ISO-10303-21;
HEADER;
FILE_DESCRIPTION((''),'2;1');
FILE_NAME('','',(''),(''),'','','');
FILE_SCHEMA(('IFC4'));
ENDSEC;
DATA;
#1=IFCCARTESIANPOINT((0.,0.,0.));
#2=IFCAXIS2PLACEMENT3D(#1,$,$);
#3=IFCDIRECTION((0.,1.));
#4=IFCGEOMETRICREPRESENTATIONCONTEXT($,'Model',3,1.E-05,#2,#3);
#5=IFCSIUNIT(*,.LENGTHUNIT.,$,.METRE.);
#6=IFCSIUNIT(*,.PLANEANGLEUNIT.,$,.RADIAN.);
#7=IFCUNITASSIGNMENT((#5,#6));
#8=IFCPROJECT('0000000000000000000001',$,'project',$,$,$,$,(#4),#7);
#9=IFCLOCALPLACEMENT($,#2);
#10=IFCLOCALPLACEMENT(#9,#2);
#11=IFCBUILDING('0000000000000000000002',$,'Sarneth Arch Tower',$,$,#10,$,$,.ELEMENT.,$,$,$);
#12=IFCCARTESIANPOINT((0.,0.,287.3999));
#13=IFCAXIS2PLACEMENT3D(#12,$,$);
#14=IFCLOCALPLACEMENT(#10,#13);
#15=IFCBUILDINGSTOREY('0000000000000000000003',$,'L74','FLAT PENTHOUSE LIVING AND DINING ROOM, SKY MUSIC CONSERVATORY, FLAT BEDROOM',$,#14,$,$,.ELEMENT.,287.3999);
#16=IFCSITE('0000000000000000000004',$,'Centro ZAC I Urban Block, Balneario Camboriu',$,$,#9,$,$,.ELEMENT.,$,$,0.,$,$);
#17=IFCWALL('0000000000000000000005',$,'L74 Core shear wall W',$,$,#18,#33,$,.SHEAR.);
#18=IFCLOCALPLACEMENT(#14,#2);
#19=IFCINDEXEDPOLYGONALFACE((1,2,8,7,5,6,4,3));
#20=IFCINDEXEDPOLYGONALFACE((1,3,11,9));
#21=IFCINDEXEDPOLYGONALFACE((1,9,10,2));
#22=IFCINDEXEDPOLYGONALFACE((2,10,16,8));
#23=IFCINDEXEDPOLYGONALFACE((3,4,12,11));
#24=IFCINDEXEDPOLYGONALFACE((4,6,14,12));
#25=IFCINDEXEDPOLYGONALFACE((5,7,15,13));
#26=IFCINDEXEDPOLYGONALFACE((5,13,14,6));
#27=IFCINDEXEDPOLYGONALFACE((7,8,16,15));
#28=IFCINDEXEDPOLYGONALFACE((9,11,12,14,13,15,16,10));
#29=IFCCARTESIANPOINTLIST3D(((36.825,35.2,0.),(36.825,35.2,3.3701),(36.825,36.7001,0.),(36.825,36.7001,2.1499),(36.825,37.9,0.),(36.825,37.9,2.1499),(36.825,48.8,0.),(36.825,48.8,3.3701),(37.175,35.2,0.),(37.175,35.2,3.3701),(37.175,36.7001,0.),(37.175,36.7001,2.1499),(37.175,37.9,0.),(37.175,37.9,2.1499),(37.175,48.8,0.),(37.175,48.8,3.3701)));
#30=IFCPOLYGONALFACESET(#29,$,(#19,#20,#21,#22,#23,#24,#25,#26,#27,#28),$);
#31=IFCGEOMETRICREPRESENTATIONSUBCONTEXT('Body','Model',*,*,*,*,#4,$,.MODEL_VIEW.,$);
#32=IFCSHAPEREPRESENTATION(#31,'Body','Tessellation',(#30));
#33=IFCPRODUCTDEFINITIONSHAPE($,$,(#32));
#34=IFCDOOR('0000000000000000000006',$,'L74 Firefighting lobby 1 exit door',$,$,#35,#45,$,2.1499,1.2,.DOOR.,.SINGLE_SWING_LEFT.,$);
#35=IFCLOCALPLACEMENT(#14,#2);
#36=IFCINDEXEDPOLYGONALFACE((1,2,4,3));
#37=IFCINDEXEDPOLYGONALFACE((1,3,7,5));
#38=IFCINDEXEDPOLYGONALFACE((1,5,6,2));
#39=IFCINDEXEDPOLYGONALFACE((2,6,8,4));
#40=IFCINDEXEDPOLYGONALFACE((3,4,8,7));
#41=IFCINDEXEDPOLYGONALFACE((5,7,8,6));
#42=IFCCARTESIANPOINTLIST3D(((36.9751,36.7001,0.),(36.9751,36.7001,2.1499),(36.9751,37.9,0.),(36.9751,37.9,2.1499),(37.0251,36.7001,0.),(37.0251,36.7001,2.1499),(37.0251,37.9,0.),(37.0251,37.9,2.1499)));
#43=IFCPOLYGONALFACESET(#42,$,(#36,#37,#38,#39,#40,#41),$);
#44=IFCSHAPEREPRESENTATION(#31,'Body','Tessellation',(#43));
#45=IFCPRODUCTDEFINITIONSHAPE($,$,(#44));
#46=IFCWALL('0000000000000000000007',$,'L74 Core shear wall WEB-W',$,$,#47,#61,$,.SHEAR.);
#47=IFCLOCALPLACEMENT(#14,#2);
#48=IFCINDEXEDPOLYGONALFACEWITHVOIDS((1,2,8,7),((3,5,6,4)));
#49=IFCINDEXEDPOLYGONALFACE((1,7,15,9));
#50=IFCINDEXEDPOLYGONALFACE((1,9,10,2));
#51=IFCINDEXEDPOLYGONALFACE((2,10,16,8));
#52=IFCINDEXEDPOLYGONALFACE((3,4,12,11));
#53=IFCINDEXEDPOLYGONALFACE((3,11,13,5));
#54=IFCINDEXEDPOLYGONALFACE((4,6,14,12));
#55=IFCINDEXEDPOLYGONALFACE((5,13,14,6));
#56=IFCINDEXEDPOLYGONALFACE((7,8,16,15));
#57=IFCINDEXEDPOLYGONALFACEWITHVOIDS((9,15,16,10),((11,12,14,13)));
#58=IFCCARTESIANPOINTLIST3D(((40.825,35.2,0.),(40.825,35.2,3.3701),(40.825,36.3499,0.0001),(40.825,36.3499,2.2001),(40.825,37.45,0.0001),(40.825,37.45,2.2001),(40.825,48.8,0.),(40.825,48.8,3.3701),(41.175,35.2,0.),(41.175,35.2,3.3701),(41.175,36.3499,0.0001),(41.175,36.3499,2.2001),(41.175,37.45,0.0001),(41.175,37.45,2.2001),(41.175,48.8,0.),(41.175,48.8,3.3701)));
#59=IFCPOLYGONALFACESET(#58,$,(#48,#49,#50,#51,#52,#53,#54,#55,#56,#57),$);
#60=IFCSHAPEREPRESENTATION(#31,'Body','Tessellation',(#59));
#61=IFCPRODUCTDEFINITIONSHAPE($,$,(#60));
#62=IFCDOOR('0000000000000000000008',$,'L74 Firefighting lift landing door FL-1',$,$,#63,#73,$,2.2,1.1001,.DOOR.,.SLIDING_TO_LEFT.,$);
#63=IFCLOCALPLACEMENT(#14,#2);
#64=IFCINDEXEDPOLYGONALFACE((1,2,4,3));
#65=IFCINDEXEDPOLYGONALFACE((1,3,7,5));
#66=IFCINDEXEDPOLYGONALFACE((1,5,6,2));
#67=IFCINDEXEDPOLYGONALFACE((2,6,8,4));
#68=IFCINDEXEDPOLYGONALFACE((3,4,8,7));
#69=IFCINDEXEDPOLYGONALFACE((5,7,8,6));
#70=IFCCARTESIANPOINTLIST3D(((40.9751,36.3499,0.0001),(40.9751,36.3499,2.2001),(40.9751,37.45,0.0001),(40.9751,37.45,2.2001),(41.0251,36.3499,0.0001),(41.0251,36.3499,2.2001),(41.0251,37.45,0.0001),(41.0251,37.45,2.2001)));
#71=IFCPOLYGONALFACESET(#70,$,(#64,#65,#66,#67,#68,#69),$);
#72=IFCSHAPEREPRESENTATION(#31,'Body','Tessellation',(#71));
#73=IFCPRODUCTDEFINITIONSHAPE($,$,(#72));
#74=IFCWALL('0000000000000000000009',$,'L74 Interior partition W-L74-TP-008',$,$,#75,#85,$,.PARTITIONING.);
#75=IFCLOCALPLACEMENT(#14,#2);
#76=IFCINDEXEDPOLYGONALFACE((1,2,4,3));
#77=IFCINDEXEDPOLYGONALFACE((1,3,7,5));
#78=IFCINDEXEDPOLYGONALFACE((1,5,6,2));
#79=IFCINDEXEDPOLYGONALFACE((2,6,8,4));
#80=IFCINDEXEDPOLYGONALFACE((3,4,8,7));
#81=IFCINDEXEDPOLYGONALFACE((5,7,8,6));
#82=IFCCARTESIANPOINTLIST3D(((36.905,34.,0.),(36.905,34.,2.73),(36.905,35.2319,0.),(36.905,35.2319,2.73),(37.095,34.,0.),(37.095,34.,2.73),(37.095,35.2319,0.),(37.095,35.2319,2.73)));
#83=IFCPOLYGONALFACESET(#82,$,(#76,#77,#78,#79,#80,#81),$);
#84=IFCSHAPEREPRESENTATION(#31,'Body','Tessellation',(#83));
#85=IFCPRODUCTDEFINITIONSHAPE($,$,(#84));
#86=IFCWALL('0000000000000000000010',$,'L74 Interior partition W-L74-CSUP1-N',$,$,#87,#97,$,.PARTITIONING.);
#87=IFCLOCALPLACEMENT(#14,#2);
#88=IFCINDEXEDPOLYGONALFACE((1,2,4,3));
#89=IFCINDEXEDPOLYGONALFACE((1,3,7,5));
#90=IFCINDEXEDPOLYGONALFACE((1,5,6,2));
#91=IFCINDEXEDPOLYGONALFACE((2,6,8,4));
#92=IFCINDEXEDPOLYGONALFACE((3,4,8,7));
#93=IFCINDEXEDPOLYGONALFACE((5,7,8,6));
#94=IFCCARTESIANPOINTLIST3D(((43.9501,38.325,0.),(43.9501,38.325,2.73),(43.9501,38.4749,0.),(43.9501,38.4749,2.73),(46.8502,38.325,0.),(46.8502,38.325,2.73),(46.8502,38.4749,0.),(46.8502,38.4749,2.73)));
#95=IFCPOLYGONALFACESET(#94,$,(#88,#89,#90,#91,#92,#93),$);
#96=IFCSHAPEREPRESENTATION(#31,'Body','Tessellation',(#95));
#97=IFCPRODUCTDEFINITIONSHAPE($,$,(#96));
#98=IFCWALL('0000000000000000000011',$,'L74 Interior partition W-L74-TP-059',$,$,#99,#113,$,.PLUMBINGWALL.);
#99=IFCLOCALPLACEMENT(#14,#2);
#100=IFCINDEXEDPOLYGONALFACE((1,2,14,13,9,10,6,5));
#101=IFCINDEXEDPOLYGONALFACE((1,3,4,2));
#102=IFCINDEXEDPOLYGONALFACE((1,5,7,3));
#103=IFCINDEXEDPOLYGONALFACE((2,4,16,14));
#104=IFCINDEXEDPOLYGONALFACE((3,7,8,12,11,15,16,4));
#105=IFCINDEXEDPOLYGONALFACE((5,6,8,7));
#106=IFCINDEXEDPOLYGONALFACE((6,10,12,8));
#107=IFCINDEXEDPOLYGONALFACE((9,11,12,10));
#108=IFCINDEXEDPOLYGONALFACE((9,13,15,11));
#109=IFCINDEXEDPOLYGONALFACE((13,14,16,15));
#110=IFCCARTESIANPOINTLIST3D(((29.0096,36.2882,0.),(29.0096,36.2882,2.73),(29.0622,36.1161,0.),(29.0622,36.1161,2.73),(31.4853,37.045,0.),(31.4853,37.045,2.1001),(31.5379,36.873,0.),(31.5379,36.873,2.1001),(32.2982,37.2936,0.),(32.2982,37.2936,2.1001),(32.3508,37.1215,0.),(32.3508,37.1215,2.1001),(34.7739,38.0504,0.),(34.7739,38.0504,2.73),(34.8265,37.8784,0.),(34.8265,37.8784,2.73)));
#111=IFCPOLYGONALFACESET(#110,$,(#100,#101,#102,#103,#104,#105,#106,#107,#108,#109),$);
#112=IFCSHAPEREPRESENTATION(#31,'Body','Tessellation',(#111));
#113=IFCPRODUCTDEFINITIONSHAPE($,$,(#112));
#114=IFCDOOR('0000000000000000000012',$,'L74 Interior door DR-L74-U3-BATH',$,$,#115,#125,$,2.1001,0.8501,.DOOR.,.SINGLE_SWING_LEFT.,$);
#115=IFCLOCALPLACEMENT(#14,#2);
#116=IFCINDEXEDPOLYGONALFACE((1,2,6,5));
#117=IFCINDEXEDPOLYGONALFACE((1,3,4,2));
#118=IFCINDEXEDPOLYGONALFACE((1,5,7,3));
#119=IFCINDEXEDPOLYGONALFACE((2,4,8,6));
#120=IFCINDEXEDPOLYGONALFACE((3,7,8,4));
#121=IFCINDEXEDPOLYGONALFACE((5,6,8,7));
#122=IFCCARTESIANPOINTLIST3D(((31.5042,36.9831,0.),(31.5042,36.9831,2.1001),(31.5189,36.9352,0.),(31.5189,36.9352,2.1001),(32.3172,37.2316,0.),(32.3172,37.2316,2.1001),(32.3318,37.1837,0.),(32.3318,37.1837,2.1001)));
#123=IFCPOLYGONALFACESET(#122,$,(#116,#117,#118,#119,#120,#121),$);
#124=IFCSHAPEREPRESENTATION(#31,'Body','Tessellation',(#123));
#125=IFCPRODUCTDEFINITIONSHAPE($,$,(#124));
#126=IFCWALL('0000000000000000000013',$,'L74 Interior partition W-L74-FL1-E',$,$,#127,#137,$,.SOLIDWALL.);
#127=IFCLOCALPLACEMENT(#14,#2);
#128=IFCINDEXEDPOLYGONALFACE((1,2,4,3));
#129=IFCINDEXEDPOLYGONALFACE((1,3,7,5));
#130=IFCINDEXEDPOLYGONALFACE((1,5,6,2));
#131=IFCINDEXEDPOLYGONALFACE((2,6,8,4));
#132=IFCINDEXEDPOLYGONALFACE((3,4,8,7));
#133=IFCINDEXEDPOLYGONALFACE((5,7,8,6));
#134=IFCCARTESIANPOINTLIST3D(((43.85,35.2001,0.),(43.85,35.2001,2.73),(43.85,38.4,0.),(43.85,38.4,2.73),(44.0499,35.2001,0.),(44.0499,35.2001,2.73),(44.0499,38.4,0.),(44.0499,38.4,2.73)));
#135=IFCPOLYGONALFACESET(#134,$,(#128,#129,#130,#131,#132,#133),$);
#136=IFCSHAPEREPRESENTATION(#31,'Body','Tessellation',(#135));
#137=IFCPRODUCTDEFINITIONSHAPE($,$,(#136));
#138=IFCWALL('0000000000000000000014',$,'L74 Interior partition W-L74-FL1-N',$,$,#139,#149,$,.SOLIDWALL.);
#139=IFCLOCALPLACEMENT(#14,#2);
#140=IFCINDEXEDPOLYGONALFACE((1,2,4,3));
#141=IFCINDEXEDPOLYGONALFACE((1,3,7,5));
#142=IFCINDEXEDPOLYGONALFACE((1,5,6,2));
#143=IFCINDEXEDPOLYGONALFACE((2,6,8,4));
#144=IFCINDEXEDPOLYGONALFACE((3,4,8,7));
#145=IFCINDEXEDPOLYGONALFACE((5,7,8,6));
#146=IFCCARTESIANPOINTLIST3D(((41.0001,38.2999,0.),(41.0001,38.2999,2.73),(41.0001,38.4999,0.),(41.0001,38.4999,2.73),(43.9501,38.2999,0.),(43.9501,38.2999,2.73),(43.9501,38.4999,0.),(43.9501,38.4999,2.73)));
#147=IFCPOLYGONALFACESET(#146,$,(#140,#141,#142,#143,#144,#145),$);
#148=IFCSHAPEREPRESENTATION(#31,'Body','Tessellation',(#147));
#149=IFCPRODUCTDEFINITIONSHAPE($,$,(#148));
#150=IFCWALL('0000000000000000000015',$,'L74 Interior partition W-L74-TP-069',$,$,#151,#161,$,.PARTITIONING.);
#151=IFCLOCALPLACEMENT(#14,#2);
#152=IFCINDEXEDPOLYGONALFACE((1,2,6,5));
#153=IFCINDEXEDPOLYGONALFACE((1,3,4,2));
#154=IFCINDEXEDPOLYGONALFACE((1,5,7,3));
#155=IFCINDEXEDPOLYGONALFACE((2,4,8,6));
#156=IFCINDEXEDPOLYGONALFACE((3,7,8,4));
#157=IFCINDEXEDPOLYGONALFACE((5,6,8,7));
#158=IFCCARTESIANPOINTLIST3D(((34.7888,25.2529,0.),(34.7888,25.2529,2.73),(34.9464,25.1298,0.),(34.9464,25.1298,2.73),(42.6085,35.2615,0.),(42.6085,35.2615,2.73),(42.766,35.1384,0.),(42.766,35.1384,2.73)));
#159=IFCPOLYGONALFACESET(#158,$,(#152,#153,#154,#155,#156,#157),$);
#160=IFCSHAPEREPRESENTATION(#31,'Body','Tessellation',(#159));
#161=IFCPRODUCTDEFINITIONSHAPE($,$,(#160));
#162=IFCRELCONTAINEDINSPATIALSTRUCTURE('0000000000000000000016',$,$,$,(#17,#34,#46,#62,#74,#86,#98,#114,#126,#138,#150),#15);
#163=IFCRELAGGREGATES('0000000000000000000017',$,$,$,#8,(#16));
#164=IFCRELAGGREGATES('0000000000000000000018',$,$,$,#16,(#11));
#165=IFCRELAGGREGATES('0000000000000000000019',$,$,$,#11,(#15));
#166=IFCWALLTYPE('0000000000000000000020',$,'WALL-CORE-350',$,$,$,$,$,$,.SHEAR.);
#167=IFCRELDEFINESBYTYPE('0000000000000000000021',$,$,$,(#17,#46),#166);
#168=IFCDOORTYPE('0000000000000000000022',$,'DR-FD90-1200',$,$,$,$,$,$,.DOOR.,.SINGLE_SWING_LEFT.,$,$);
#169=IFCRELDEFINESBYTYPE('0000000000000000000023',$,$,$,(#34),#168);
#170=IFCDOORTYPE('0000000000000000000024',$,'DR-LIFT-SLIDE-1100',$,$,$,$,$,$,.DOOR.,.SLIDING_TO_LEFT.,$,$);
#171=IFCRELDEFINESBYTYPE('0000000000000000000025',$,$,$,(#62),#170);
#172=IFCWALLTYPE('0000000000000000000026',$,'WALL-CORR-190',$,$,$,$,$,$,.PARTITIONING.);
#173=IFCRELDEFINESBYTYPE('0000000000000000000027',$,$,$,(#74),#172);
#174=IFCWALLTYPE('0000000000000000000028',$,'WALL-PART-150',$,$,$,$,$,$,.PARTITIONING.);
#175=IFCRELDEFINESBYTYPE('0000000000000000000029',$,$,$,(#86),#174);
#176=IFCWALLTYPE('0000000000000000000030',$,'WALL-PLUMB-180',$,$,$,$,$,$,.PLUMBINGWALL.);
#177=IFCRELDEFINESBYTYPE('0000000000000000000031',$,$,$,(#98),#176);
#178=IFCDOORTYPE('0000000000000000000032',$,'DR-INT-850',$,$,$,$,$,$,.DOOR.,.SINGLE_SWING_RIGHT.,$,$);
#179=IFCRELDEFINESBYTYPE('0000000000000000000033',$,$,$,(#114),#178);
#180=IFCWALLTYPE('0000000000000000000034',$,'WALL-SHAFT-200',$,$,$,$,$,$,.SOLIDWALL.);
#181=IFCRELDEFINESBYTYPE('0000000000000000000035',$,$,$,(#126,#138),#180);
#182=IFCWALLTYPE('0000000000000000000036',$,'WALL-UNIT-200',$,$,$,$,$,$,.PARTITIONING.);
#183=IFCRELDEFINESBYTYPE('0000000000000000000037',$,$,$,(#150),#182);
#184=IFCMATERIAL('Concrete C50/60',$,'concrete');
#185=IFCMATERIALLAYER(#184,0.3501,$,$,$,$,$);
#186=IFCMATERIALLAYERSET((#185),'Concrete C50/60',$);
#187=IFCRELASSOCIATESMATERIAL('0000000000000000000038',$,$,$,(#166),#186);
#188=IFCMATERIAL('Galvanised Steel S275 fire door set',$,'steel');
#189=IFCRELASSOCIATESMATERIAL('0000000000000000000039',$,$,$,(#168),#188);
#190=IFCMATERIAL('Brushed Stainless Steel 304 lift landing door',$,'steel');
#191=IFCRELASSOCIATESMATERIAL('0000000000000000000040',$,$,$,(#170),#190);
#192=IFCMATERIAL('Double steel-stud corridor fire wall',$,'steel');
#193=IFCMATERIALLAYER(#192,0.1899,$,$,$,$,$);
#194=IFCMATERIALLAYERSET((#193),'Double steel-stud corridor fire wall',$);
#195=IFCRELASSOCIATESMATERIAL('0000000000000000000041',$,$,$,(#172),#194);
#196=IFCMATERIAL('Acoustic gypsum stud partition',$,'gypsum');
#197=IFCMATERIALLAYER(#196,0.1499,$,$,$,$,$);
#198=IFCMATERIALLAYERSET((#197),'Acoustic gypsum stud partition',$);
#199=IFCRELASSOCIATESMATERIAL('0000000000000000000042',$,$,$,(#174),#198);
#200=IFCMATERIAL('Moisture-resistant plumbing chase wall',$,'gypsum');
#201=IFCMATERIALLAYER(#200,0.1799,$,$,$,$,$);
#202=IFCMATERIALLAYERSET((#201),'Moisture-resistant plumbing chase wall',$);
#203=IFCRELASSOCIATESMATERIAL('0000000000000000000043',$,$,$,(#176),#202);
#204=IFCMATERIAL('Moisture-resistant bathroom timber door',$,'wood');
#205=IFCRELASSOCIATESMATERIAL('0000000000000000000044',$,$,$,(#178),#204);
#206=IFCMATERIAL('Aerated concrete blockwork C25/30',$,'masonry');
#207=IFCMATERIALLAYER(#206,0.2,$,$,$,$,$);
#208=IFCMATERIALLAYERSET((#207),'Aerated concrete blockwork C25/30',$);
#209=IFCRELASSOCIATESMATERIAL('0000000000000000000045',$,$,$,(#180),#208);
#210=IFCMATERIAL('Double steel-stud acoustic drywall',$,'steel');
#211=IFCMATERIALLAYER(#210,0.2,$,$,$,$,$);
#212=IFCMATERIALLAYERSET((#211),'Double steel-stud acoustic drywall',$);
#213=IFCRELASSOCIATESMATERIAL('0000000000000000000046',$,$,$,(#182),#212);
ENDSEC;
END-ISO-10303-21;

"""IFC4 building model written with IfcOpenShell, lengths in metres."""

from ifc_helpers import new_model, si_unit, direction, frame, frame_2d, origin, place, context, subcontext, project, spatial, rectangle, extrude, material, layer, layer_set, type_object, element, fill, save


model = new_model("IFC4")

# Units and contexts
model_context = context("Model", 3, precision=1e-05, world=origin(), true_north=direction((0.0, 1.0)))
body_context = subcontext(model_context, "Body", "Model", "MODEL_VIEW")
ifc_project = project(units=[si_unit("LENGTHUNIT", "METRE"), si_unit("PLANEANGLEUNIT", "RADIAN")], contexts=[model_context])

# Site, building, storey
site_placement = place(None, origin())
site = spatial("IfcSite", under=ifc_project, at=site_placement, Name="Centro ZAC I Urban Block, Balneario Camboriu", CompositionType="ELEMENT", RefElevation=0.0)
building_placement = place(site_placement, origin())
building = spatial("IfcBuilding", under=site, at=building_placement, Name="Sarneth Arch Tower", CompositionType="ELEMENT")
storey_placement = place(building_placement, frame((0.0, 0.0, 287.3999)))
storey = spatial("IfcBuildingStorey", under=building, at=storey_placement, Name="L74", Description="FLAT PENTHOUSE LIVING AND DINING ROOM, SKY MUSIC CONSERVATORY, FLAT BEDROOM", CompositionType="ELEMENT", Elevation=287.3999)

# Shared definitions
ifc_material_1 = material(Name="Concrete C50/60", Category="concrete")
ifc_layer_1 = layer(ifc_material_1, 0.3501)
ifc_layer_set_1 = layer_set([ifc_layer_1], Name="Concrete C50/60")
wall_type_1 = type_object("IfcWallType", Name="WALL-CORE-350", PredefinedType="SHEAR", material=ifc_layer_set_1)

# Walls, openings, doors
wall_1_placement = place(storey_placement, frame((37.0, 35.2, 0.0), z_axis=(0.0, 0.0, 1.0), x_axis=(0.0, 1.0, 0.0)))
wall_1 = element("IfcWall", 1, at=wall_1_placement, inside=storey, type_object=wall_type_1, Name="L74 Core shear wall W", PredefinedType="SHEAR", context=body_context, shape_type="SweptSolid", body=[
    extrude(rectangle(XDim=13.6001, YDim=0.3501, at=frame_2d((6.8, 0.0))), origin(), (0.0, 0.0, 1.0), 3.3701),
])
opening_1_placement = place(wall_1_placement, frame((1.5, 0.0, 0.0)))
opening_1 = element("IfcOpeningElement", 2, at=opening_1_placement, cuts=wall_1, PredefinedType="OPENING", context=body_context, shape_type="SweptSolid", body=[
    extrude(rectangle(XDim=1.2, YDim=2.1499, at=frame_2d((0.6001, 1.075))), frame((0.0, 0.1851, 0.0), z_axis=(0.0, -1.0, 0.0), x_axis=(1.0, 0.0, 0.0)), (0.0, 0.0, 1.0), 0.3701),
])
ifc_material_2 = material(Name="Galvanised Steel S275 fire door set", Category="steel")
door_type_1 = type_object("IfcDoorType", Name="DR-FD90-1200", OperationType="SINGLE_SWING_LEFT", PredefinedType="DOOR", material=ifc_material_2)
door_1_placement = place(opening_1_placement, origin())
door_1 = element("IfcDoor", 3, at=door_1_placement, inside=storey, type_object=door_type_1, Name="L74 Firefighting lobby 1 exit door", OperationType="SINGLE_SWING_LEFT", OverallHeight=2.1499, OverallWidth=1.2, PredefinedType="DOOR", context=body_context, shape_type="SweptSolid", body=[
    extrude(rectangle(XDim=1.2, YDim=2.1499, at=frame_2d((0.6001, 1.075))), frame((0.0, 0.0249, 0.0), z_axis=(0.0, -1.0, 0.0), x_axis=(1.0, 0.0, 0.0)), (0.0, 0.0, 1.0), 0.05),
])
fill(opening_1, door_1)
wall_2_placement = place(storey_placement, frame((41.0, 35.2, 0.0), z_axis=(0.0, 0.0, 1.0), x_axis=(0.0, 1.0, 0.0)))
wall_2 = element("IfcWall", 4, at=wall_2_placement, inside=storey, type_object=wall_type_1, Name="L74 Core shear wall WEB-W", PredefinedType="SHEAR", context=body_context, shape_type="SweptSolid", body=[
    extrude(rectangle(XDim=13.6001, YDim=0.3501, at=frame_2d((6.8, 0.0))), origin(), (0.0, 0.0, 1.0), 3.3701),
])
opening_2_placement = place(wall_2_placement, frame((1.1499, 0.0, 0.0)))
opening_2 = element("IfcOpeningElement", 5, at=opening_2_placement, cuts=wall_2, PredefinedType="OPENING", context=body_context, shape_type="SweptSolid", body=[
    extrude(rectangle(XDim=1.1001, YDim=2.2, at=frame_2d((0.55, 1.1001))), frame((0.0, 0.1851, 0.0), z_axis=(0.0, -1.0, 0.0), x_axis=(1.0, 0.0, 0.0)), (0.0, 0.0, 1.0), 0.3701),
])
ifc_material_3 = material(Name="Brushed Stainless Steel 304 lift landing door", Category="steel")
door_type_2 = type_object("IfcDoorType", Name="DR-LIFT-SLIDE-1100", OperationType="SLIDING_TO_LEFT", PredefinedType="DOOR", material=ifc_material_3)
door_2_placement = place(opening_2_placement, origin())
door_2 = element("IfcDoor", 6, at=door_2_placement, inside=storey, type_object=door_type_2, Name="L74 Firefighting lift landing door FL-1", OperationType="SLIDING_TO_LEFT", OverallHeight=2.2, OverallWidth=1.1001, PredefinedType="DOOR", context=body_context, shape_type="SweptSolid", body=[
    extrude(rectangle(XDim=1.1001, YDim=2.2, at=frame_2d((0.55, 1.1001))), frame((0.0, 0.0249, 0.0), z_axis=(0.0, -1.0, 0.0), x_axis=(1.0, 0.0, 0.0)), (0.0, 0.0, 1.0), 0.05),
])
fill(opening_2, door_2)

# Wall
ifc_material_4 = material(Name="Double steel-stud corridor fire wall", Category="steel")
ifc_layer_2 = layer(ifc_material_4, 0.1899)
ifc_layer_set_2 = layer_set([ifc_layer_2], Name="Double steel-stud corridor fire wall")
wall_type_2 = type_object("IfcWallType", Name="WALL-CORR-190", PredefinedType="PARTITIONING", material=ifc_layer_set_2)
wall_3_placement = place(storey_placement, frame((37.0, 35.2319, 0.0), z_axis=(0.0, 0.0, 1.0), x_axis=(0.0, -1.0, 0.0)))
element("IfcWall", 7, at=wall_3_placement, inside=storey, type_object=wall_type_2, Name="L74 Interior partition W-L74-TP-008", PredefinedType="PARTITIONING", context=body_context, shape_type="SweptSolid", body=[
    extrude(rectangle(XDim=1.2319, YDim=0.1899, at=frame_2d((0.616, 0.0))), origin(), (0.0, 0.0, 1.0), 2.73),
])

# Shared definitions
ifc_material_5 = material(Name="Acoustic gypsum stud partition", Category="gypsum")
ifc_layer_3 = layer(ifc_material_5, 0.1499)
ifc_layer_set_3 = layer_set([ifc_layer_3], Name="Acoustic gypsum stud partition")
wall_type_3 = type_object("IfcWallType", Name="WALL-PART-150", PredefinedType="PARTITIONING", material=ifc_layer_set_3)

# Wall
wall_4_placement = place(storey_placement, frame((43.95, 38.3999, 0.0), z_axis=(0.0, 0.0, 1.0), x_axis=(1.0, 0.0, 0.0)))
element("IfcWall", 8, at=wall_4_placement, inside=storey, type_object=wall_type_3, Name="L74 Interior partition W-L74-CSUP1-N", PredefinedType="PARTITIONING", context=body_context, shape_type="SweptSolid", body=[
    extrude(rectangle(XDim=2.9001, YDim=0.1499, at=frame_2d((1.4502, 0.0))), origin(), (0.0, 0.0, 1.0), 2.73),
])

# Wall, opening, door
ifc_material_6 = material(Name="Moisture-resistant plumbing chase wall", Category="gypsum")
ifc_layer_4 = layer(ifc_material_6, 0.1799)
ifc_layer_set_4 = layer_set([ifc_layer_4], Name="Moisture-resistant plumbing chase wall")
wall_type_4 = type_object("IfcWallType", Name="WALL-PLUMB-180", PredefinedType="PLUMBINGWALL", material=ifc_layer_set_4)
wall_5_placement = place(storey_placement, frame((34.8, 37.9644, 0.0), z_axis=(0.0, 0.0, 1.0), x_axis=(-0.956308, -0.292361, 0.0)))
wall_5 = element("IfcWall", 9, at=wall_5_placement, inside=storey, type_object=wall_type_4, Name="L74 Interior partition W-L74-TP-059", PredefinedType="PLUMBINGWALL", context=body_context, shape_type="SweptSolid", body=[
    extrude(rectangle(XDim=6.0276, YDim=0.1799, at=frame_2d((3.0137, 0.0))), origin(), (0.0, 0.0, 1.0), 2.73),
])
opening_3_placement = place(wall_5_placement, frame((2.5886, 0.0, 0.0)))
opening_3 = element("IfcOpeningElement", 10, at=opening_3_placement, cuts=wall_5, PredefinedType="OPENING", context=body_context, shape_type="SweptSolid", body=[
    extrude(rectangle(XDim=0.8501, YDim=2.1001, at=frame_2d((0.425, 1.05))), frame((0.0, 0.0999, 0.0), z_axis=(0.0, -1.0, 0.0), x_axis=(1.0, 0.0, 0.0)), (0.0, 0.0, 1.0), 0.2),
])
ifc_material_7 = material(Name="Moisture-resistant bathroom timber door", Category="wood")
door_type_3 = type_object("IfcDoorType", Name="DR-INT-850", OperationType="SINGLE_SWING_RIGHT", PredefinedType="DOOR", material=ifc_material_7)
door_3_placement = place(opening_3_placement, origin())
door_3 = element("IfcDoor", 11, at=door_3_placement, inside=storey, type_object=door_type_3, Name="L74 Interior door DR-L74-U3-BATH", OperationType="SINGLE_SWING_LEFT", OverallHeight=2.1001, OverallWidth=0.8501, PredefinedType="DOOR", context=body_context, shape_type="SweptSolid", body=[
    extrude(rectangle(XDim=0.8501, YDim=2.1001, at=frame_2d((0.425, 1.05))), frame((0.0, 0.0249, 0.0), z_axis=(0.0, -1.0, 0.0), x_axis=(1.0, 0.0, 0.0)), (0.0, 0.0, 1.0), 0.05),
])
fill(opening_3, door_3)
ifc_material_8 = material(Name="Aerated concrete blockwork C25/30", Category="masonry")
ifc_layer_5 = layer(ifc_material_8, 0.2)
ifc_layer_set_5 = layer_set([ifc_layer_5], Name="Aerated concrete blockwork C25/30")
wall_type_5 = type_object("IfcWallType", Name="WALL-SHAFT-200", PredefinedType="SOLIDWALL", material=ifc_layer_set_5)

# Walls
wall_6_placement = place(storey_placement, frame((43.95, 35.2, 0.0), z_axis=(0.0, 0.0, 1.0), x_axis=(0.0, 1.0, 0.0)))
element("IfcWall", 12, at=wall_6_placement, inside=storey, type_object=wall_type_5, Name="L74 Interior partition W-L74-FL1-E", PredefinedType="SOLIDWALL", context=body_context, shape_type="SweptSolid", body=[
    extrude(rectangle(XDim=3.2, YDim=0.2, at=frame_2d((1.6001, 0.0))), origin(), (0.0, 0.0, 1.0), 2.73),
])
wall_7_placement = place(storey_placement, frame((41.0, 38.3999, 0.0), z_axis=(0.0, 0.0, 1.0), x_axis=(1.0, 0.0, 0.0)))
element("IfcWall", 13, at=wall_7_placement, inside=storey, type_object=wall_type_5, Name="L74 Interior partition W-L74-FL1-N", PredefinedType="SOLIDWALL", context=body_context, shape_type="SweptSolid", body=[
    extrude(rectangle(XDim=2.95, YDim=0.2, at=frame_2d((1.4751, 0.0))), origin(), (0.0, 0.0, 1.0), 2.73),
])
ifc_material_9 = material(Name="Double steel-stud acoustic drywall", Category="steel")
ifc_layer_6 = layer(ifc_material_9, 0.2)
ifc_layer_set_6 = layer_set([ifc_layer_6], Name="Double steel-stud acoustic drywall")
wall_type_6 = type_object("IfcWallType", Name="WALL-UNIT-200", PredefinedType="PARTITIONING", material=ifc_layer_set_6)
wall_8_placement = place(storey_placement, frame((42.6873, 35.2, 0.0), z_axis=(0.0, 0.0, 1.0), x_axis=(-0.615664, -0.788009, 0.0)))
element("IfcWall", 14, at=wall_8_placement, inside=storey, type_object=wall_type_6, Name="L74 Interior partition W-L74-TP-069", PredefinedType="PARTITIONING", context=body_context, shape_type="SweptSolid", body=[
    extrude(rectangle(XDim=12.7012, YDim=0.2, at=frame_2d((6.3506, 0.0))), origin(), (0.0, 0.0, 1.0), 2.73),
])

save(model, "model.ifc")
